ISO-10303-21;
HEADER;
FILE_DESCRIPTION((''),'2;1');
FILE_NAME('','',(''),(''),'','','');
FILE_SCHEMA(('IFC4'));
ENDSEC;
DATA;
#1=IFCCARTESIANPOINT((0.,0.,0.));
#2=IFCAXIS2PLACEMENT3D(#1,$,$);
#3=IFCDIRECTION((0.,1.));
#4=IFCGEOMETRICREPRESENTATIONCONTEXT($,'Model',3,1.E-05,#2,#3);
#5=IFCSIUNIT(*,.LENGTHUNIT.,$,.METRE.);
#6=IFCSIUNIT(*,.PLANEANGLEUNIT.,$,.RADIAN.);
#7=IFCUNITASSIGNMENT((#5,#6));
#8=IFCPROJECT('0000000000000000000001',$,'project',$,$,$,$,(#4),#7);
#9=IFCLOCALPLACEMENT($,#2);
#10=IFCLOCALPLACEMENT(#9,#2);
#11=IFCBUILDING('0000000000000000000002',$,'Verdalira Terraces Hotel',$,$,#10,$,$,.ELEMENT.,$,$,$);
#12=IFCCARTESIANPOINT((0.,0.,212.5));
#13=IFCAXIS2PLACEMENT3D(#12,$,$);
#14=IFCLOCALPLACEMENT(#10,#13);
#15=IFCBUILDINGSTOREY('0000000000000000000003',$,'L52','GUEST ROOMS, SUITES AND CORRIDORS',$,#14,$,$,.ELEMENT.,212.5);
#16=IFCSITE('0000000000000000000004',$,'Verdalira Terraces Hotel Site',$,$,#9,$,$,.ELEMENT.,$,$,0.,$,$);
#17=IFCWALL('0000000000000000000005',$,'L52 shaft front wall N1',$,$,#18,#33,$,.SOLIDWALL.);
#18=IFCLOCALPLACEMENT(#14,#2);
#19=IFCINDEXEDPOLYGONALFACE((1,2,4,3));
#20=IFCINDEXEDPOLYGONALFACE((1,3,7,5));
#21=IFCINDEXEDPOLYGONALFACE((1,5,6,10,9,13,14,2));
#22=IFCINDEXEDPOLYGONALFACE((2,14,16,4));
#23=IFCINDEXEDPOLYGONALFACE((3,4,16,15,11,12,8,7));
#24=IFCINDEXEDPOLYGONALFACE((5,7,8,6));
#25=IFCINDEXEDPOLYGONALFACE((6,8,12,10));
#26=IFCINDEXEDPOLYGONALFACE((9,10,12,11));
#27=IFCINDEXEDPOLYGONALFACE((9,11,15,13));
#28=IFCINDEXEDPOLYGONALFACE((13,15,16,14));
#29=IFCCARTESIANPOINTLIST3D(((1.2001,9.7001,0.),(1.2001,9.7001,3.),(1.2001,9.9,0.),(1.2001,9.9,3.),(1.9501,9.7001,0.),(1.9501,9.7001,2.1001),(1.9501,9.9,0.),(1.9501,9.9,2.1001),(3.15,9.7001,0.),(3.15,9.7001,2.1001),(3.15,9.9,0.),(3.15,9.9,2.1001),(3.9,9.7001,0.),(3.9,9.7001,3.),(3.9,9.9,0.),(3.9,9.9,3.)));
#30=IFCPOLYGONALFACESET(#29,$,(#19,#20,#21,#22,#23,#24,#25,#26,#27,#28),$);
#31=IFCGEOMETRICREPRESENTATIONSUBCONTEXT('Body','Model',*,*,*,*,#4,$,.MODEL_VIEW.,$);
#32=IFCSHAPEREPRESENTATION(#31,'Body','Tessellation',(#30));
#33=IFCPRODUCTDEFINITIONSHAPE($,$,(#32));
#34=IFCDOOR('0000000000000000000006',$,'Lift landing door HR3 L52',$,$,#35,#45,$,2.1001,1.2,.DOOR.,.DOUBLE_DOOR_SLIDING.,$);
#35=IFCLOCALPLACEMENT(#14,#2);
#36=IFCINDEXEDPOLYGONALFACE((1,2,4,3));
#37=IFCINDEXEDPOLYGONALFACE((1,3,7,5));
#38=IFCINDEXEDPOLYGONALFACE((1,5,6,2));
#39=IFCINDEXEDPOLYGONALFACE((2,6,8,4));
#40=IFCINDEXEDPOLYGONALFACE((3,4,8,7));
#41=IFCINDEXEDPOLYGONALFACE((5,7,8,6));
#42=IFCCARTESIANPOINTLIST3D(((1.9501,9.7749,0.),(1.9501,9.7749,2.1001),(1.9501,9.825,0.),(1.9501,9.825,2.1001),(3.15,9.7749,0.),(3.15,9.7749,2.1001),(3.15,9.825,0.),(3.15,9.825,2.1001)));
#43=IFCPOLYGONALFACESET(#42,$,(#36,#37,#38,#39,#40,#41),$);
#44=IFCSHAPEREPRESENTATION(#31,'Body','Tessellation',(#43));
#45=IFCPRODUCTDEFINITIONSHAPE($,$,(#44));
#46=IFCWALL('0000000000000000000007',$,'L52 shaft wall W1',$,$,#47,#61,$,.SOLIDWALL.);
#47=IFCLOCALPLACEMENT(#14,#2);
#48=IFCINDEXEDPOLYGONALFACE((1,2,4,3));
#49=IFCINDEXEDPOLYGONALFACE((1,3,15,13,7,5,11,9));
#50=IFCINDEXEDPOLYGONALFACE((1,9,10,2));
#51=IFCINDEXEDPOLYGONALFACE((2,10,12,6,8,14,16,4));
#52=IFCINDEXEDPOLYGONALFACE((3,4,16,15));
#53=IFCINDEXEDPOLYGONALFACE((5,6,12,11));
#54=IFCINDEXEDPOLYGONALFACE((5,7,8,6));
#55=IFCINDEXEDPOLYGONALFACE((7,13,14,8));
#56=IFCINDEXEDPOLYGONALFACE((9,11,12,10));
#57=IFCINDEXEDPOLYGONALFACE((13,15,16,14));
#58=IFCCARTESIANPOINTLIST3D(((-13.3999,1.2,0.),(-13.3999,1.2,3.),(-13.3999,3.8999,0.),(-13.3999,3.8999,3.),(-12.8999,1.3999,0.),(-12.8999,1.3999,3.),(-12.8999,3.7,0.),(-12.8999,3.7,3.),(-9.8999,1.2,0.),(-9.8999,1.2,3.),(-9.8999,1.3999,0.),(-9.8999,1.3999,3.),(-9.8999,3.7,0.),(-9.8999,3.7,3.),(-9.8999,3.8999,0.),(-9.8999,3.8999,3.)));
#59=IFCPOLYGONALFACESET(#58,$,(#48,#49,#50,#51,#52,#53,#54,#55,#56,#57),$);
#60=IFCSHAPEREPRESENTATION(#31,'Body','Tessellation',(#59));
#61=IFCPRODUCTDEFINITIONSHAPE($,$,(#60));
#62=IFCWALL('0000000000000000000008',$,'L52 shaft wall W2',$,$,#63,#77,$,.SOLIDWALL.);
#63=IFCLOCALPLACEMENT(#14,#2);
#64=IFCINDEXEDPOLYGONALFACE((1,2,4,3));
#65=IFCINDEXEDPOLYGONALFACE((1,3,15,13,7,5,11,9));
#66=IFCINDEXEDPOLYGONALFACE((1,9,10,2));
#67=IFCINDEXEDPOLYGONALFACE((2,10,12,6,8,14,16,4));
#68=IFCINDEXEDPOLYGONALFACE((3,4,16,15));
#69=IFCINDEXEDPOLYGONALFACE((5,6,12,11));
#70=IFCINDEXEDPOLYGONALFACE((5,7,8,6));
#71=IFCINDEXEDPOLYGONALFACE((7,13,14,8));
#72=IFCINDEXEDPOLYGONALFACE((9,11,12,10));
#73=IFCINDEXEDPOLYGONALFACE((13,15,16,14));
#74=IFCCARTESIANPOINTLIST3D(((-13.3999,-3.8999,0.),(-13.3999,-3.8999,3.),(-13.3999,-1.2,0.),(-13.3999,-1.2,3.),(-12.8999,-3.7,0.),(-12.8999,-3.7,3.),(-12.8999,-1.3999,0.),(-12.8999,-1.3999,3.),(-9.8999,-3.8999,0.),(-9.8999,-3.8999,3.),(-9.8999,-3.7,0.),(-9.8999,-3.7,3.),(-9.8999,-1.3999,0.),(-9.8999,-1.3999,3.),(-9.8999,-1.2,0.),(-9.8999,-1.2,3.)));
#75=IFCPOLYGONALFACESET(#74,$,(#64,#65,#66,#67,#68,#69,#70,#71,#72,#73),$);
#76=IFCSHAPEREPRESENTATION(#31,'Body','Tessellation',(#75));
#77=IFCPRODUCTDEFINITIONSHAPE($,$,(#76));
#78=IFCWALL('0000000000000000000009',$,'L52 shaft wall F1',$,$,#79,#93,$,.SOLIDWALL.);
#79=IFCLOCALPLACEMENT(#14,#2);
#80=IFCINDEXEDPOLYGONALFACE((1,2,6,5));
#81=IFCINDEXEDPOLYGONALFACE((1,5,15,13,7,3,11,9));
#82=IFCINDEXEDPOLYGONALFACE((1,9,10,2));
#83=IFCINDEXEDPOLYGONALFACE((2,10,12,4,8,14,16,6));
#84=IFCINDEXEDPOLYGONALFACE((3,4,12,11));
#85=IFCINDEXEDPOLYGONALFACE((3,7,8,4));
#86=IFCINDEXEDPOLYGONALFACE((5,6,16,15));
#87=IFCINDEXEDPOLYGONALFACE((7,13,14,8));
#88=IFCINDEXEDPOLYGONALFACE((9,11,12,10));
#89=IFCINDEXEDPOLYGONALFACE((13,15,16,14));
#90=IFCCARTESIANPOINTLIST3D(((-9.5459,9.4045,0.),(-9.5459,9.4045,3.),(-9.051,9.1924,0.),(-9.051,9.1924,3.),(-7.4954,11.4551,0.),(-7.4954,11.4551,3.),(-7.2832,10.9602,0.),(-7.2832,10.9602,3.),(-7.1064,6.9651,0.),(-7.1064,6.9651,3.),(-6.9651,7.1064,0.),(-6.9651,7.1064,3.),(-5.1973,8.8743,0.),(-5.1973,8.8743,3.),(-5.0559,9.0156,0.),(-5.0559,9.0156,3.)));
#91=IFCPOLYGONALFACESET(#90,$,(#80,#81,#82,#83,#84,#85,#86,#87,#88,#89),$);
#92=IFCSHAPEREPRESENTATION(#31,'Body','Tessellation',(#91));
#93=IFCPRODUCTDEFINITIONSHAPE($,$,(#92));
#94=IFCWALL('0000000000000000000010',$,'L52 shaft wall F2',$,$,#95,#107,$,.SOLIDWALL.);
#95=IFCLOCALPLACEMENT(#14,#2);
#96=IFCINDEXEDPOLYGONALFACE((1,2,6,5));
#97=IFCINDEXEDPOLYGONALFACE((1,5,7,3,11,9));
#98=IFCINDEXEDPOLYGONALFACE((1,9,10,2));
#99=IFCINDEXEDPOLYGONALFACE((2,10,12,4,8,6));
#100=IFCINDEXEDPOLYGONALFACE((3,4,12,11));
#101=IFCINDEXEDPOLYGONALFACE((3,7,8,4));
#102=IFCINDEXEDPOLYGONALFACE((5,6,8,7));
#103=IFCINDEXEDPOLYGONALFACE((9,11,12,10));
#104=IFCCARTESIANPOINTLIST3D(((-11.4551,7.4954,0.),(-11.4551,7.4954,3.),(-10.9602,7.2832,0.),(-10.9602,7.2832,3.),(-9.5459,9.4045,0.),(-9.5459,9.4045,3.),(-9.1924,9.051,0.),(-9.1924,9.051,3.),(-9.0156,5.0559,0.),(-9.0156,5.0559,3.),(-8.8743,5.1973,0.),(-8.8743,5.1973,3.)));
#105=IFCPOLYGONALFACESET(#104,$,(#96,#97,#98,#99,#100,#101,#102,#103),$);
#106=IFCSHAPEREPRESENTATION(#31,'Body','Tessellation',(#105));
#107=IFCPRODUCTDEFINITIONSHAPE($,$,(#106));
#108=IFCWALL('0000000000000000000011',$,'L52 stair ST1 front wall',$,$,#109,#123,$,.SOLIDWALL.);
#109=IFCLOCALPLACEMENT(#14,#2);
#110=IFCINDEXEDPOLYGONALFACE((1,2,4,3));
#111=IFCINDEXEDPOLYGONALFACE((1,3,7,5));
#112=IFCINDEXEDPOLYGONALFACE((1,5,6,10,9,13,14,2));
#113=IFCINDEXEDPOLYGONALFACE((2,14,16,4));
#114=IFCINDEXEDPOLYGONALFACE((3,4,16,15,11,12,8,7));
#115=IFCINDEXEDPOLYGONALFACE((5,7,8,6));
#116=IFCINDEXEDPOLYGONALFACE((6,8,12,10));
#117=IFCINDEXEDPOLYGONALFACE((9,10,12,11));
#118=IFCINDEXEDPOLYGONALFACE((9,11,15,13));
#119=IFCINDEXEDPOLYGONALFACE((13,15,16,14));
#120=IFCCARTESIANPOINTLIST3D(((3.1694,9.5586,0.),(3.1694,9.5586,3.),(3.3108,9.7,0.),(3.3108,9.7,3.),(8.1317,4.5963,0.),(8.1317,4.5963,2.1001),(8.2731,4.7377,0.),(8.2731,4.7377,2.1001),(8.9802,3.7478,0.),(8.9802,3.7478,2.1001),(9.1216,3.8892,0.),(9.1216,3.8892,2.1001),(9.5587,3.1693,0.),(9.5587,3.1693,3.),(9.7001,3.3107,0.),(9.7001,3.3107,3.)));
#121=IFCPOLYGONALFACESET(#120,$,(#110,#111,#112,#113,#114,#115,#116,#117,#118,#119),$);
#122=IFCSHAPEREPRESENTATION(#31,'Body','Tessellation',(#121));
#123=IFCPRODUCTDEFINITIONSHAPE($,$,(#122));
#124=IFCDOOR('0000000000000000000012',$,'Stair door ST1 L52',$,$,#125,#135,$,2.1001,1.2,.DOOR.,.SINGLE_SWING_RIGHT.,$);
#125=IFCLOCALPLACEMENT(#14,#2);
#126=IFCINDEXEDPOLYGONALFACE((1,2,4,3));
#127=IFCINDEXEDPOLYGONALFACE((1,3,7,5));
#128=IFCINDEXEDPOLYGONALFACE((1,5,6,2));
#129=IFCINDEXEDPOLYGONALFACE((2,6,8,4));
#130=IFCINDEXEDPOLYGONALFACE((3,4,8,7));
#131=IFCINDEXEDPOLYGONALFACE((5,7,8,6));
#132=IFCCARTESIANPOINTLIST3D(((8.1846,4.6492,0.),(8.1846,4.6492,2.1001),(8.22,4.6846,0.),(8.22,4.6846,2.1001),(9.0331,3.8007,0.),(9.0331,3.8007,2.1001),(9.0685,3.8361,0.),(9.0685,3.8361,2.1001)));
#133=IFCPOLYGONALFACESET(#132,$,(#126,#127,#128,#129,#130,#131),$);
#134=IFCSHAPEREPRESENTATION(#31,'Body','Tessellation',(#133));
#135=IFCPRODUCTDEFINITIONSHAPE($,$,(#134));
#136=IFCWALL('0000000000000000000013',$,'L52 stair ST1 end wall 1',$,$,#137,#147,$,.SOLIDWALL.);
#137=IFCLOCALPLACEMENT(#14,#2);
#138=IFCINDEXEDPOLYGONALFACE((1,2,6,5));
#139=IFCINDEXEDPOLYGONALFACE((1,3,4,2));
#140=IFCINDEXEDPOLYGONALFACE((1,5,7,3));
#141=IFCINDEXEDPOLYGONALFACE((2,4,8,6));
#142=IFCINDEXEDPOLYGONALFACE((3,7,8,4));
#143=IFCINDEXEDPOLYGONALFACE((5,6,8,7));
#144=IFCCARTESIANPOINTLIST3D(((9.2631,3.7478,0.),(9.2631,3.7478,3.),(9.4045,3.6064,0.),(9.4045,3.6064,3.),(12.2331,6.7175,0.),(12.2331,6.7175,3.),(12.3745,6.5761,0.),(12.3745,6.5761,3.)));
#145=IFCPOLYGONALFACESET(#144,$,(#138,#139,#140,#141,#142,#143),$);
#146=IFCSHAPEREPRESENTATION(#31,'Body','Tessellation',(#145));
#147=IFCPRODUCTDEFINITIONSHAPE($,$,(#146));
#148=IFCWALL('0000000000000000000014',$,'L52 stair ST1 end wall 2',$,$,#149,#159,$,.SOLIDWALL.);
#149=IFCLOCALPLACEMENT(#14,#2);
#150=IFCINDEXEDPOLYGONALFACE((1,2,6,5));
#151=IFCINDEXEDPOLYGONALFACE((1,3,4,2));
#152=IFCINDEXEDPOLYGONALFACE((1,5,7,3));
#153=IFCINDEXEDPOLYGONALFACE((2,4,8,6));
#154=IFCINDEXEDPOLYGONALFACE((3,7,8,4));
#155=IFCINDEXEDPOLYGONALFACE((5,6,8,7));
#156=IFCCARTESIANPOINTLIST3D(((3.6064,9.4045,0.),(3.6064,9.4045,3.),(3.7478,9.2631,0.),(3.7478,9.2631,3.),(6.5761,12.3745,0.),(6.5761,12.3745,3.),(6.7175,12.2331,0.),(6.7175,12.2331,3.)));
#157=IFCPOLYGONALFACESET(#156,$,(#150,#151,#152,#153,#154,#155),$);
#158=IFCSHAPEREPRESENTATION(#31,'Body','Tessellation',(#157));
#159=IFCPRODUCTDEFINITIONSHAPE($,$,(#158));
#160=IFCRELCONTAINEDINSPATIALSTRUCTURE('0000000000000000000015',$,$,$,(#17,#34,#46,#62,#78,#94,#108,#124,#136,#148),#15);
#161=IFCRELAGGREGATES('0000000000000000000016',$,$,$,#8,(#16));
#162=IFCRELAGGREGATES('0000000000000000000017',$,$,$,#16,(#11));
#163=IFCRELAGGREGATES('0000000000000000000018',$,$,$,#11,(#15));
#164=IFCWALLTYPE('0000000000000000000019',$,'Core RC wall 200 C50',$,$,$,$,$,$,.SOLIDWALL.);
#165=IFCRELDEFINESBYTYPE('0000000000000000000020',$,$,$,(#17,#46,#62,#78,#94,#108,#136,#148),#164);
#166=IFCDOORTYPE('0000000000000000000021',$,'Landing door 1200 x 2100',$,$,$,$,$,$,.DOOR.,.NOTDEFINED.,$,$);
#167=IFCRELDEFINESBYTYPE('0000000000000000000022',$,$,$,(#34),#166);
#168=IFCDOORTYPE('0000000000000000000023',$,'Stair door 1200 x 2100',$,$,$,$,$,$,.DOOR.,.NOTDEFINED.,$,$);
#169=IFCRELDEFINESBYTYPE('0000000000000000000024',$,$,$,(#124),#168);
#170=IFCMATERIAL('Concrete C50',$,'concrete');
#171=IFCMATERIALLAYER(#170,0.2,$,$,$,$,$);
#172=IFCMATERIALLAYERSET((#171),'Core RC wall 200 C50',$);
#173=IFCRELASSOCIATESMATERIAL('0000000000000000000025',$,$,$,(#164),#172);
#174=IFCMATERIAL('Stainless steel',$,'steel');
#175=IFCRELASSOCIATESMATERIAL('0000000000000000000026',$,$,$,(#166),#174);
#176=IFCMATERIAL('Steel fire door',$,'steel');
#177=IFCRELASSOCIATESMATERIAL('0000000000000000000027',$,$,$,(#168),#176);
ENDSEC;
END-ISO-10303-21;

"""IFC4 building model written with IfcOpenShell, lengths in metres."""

from ifc_helpers import new_model, si_unit, direction, frame, frame_2d, origin, place, context, subcontext, project, spatial, polyline, rectangle, outline, extrude, material, layer, layer_set, type_object, element, fill, save


model = new_model("IFC4")

# Units and contexts
model_context = context("Model", 3, precision=1e-05, world=origin(), true_north=direction((0.0, 1.0)))
body_context = subcontext(model_context, "Body", "Model", "MODEL_VIEW")
ifc_project = project(units=[si_unit("LENGTHUNIT", "METRE"), si_unit("PLANEANGLEUNIT", "RADIAN")], contexts=[model_context])

# Site, building, storey
site_placement = place(None, origin())
site = spatial("IfcSite", under=ifc_project, at=site_placement, Name="Verdalira Terraces Hotel Site", CompositionType="ELEMENT", RefElevation=0.0)
building_placement = place(site_placement, origin())
building = spatial("IfcBuilding", under=site, at=building_placement, Name="Verdalira Terraces Hotel", CompositionType="ELEMENT")
storey_placement = place(building_placement, frame((0.0, 0.0, 212.5)))
storey = spatial("IfcBuildingStorey", under=building, at=storey_placement, Name="L52", Description="GUEST ROOMS, SUITES AND CORRIDORS", CompositionType="ELEMENT", Elevation=212.5)

# Wall, opening, door
ifc_material_1 = material(Name="Concrete C50", Category="concrete")
ifc_layer_1 = layer(ifc_material_1, 0.2)
ifc_layer_set_1 = layer_set([ifc_layer_1], Name="Core RC wall 200 C50")
wall_type_1 = type_object("IfcWallType", Name="Core RC wall 200 C50", PredefinedType="SOLIDWALL", material=ifc_layer_set_1)
ifc_material_2 = material(Name="Stainless steel", Category="steel")
door_type_1 = type_object("IfcDoorType", Name="Landing door 1200 x 2100", OperationType="NOTDEFINED", PredefinedType="DOOR", material=ifc_material_2)
wall_1_placement = place(storey_placement, frame((1.2, 9.8, 0.0), z_axis=(0.0, 0.0, 1.0), x_axis=(1.0, 0.0, 0.0)))
wall_1 = element("IfcWall", 1, at=wall_1_placement, inside=storey, type_object=wall_type_1, Name="L52 shaft front wall N1", PredefinedType="SOLIDWALL", context=body_context, shape_type="SweptSolid", body=[
    extrude(rectangle(XDim=2.7, YDim=0.2, at=frame_2d((1.3501, 0.0))), origin(), (0.0, 0.0, 1.0), 3.0),
])
opening_1_placement = place(wall_1_placement, frame((0.75, 0.0, 0.0)))
opening_1 = element("IfcOpeningElement", 2, at=opening_1_placement, cuts=wall_1, PredefinedType="OPENING", context=body_context, shape_type="SweptSolid", body=[
    extrude(rectangle(XDim=1.2, YDim=2.1001, at=frame_2d((0.6001, 1.05))), frame((0.0, 0.1099, 0.0), z_axis=(0.0, -1.0, 0.0), x_axis=(1.0, 0.0, 0.0)), (0.0, 0.0, 1.0), 0.22),
])
door_1_placement = place(opening_1_placement, origin())
door_1 = element("IfcDoor", 3, at=door_1_placement, inside=storey, type_object=door_type_1, Name="Lift landing door HR3 L52", OperationType="DOUBLE_DOOR_SLIDING", OverallHeight=2.1001, OverallWidth=1.2, PredefinedType="DOOR", context=body_context, shape_type="SweptSolid", body=[
    extrude(rectangle(XDim=1.2, YDim=2.1001, at=frame_2d((0.6001, 1.05))), frame((0.0, 0.0249, 0.0), z_axis=(0.0, -1.0, 0.0), x_axis=(1.0, 0.0, 0.0)), (0.0, 0.0, 1.0), 0.05),
])
fill(opening_1, door_1)

# Walls
wall_2_placement = place(storey_placement, origin())
element("IfcWall", 4, at=wall_2_placement, inside=storey, type_object=wall_type_1, Name="L52 shaft wall W1", PredefinedType="SOLIDWALL", context=body_context, shape_type="SweptSolid", body=[
    extrude(outline(polyline([(-13.3999, 3.8999), (-9.8999, 3.8999), (-9.8999, 3.7), (-12.8999, 3.7), (-12.8999, 1.3999), (-9.8999, 1.3999), (-9.8999, 1.2), (-13.3999, 1.2), (-13.3999, 3.8999)])), origin(), (0.0, 0.0, 1.0), 3.0),
])
wall_3_placement = place(storey_placement, origin())
element("IfcWall", 5, at=wall_3_placement, inside=storey, type_object=wall_type_1, Name="L52 shaft wall W2", PredefinedType="SOLIDWALL", context=body_context, shape_type="SweptSolid", body=[
    extrude(outline(polyline([(-13.3999, -3.8999), (-13.3999, -1.2), (-9.8999, -1.2), (-9.8999, -1.3999), (-12.8999, -1.3999), (-12.8999, -3.7), (-9.8999, -3.7), (-9.8999, -3.8999), (-13.3999, -3.8999)])), origin(), (0.0, 0.0, 1.0), 3.0),
])
wall_4_placement = place(storey_placement, origin())
element("IfcWall", 6, at=wall_4_placement, inside=storey, type_object=wall_type_1, Name="L52 shaft wall F1", PredefinedType="SOLIDWALL", context=body_context, shape_type="SweptSolid", body=[
    extrude(outline(polyline([(-9.5459, 9.4045), (-7.4954, 11.4551), (-5.0559, 9.0156), (-5.1973, 8.8743), (-7.2832, 10.9602), (-9.051, 9.1924), (-6.9651, 7.1064), (-7.1064, 6.9651), (-9.5459, 9.4045)])), origin(), (0.0, 0.0, 1.0), 3.0),
])
wall_5_placement = place(storey_placement, origin())
element("IfcWall", 7, at=wall_5_placement, inside=storey, type_object=wall_type_1, Name="L52 shaft wall F2", PredefinedType="SOLIDWALL", context=body_context, shape_type="SweptSolid", body=[
    extrude(outline(polyline([(-11.4551, 7.4954), (-9.5459, 9.4045), (-9.1924, 9.051), (-10.9602, 7.2832), (-8.8743, 5.1973), (-9.0156, 5.0559), (-11.4551, 7.4954)])), origin(), (0.0, 0.0, 1.0), 3.0),
])

# Wall, opening, door
wall_6_placement = place(storey_placement, frame((3.24, 9.6294, 0.0), z_axis=(0.0, 0.0, 1.0), x_axis=(0.707107, -0.707107, 0.0)))
wall_6 = element("IfcWall", 8, at=wall_6_placement, inside=storey, type_object=wall_type_1, Name="L52 stair ST1 front wall", PredefinedType="SOLIDWALL", context=body_context, shape_type="SweptSolid", body=[
    extrude(rectangle(XDim=9.0359, YDim=0.2, at=frame_2d((4.5181, 0.0))), origin(), (0.0, 0.0, 1.0), 3.0),
])
opening_2_placement = place(wall_6_placement, frame((7.0178, 0.0, 0.0)))
opening_2 = element("IfcOpeningElement", 9, at=opening_2_placement, cuts=wall_6, PredefinedType="OPENING", context=body_context, shape_type="SweptSolid", body=[
    extrude(rectangle(XDim=1.2, YDim=2.1001, at=frame_2d((0.6001, 1.05))), frame((0.0, 0.1099, 0.0), z_axis=(0.0, -1.0, 0.0), x_axis=(1.0, 0.0, 0.0)), (0.0, 0.0, 1.0), 0.22),
])
ifc_material_3 = material(Name="Steel fire door", Category="steel")
door_type_2 = type_object("IfcDoorType", Name="Stair door 1200 x 2100", OperationType="NOTDEFINED", PredefinedType="DOOR", material=ifc_material_3)
door_2_placement = place(opening_2_placement, origin())
door_2 = element("IfcDoor", 10, at=door_2_placement, inside=storey, type_object=door_type_2, Name="Stair door ST1 L52", OperationType="SINGLE_SWING_RIGHT", OverallHeight=2.1001, OverallWidth=1.2, PredefinedType="DOOR", context=body_context, shape_type="SweptSolid", body=[
    extrude(rectangle(XDim=1.2, YDim=2.1001, at=frame_2d((0.6001, 1.05))), frame((0.0, 0.0249, 0.0), z_axis=(0.0, -1.0, 0.0), x_axis=(1.0, 0.0, 0.0)), (0.0, 0.0, 1.0), 0.05),
])
fill(opening_2, door_2)

# Walls
for number, where, z_axis, x_axis, name in (
    (11, (9.3337, 3.677, 0.0), (0.0, 0.0, 1.0), (0.707136, 0.707078, 0.0), "L52 stair ST1 end wall 1"),
    (12, (3.677, 9.3337, 0.0), (0.0, 0.0, 1.0), (0.707078, 0.707136, 0.0), "L52 stair ST1 end wall 2"),
):
    element("IfcWall", number, at=place(storey_placement, frame(where, z_axis=z_axis, x_axis=x_axis)), inside=storey, type_object=wall_type_1, Name=name, PredefinedType="SOLIDWALL", context=body_context, shape_type="SweptSolid", body=[
        extrude(rectangle(XDim=4.2, YDim=0.2, at=frame_2d((2.1001, 0.0))), origin(), (0.0, 0.0, 1.0), 3.0),
    ])

save(model, "model.ifc")
